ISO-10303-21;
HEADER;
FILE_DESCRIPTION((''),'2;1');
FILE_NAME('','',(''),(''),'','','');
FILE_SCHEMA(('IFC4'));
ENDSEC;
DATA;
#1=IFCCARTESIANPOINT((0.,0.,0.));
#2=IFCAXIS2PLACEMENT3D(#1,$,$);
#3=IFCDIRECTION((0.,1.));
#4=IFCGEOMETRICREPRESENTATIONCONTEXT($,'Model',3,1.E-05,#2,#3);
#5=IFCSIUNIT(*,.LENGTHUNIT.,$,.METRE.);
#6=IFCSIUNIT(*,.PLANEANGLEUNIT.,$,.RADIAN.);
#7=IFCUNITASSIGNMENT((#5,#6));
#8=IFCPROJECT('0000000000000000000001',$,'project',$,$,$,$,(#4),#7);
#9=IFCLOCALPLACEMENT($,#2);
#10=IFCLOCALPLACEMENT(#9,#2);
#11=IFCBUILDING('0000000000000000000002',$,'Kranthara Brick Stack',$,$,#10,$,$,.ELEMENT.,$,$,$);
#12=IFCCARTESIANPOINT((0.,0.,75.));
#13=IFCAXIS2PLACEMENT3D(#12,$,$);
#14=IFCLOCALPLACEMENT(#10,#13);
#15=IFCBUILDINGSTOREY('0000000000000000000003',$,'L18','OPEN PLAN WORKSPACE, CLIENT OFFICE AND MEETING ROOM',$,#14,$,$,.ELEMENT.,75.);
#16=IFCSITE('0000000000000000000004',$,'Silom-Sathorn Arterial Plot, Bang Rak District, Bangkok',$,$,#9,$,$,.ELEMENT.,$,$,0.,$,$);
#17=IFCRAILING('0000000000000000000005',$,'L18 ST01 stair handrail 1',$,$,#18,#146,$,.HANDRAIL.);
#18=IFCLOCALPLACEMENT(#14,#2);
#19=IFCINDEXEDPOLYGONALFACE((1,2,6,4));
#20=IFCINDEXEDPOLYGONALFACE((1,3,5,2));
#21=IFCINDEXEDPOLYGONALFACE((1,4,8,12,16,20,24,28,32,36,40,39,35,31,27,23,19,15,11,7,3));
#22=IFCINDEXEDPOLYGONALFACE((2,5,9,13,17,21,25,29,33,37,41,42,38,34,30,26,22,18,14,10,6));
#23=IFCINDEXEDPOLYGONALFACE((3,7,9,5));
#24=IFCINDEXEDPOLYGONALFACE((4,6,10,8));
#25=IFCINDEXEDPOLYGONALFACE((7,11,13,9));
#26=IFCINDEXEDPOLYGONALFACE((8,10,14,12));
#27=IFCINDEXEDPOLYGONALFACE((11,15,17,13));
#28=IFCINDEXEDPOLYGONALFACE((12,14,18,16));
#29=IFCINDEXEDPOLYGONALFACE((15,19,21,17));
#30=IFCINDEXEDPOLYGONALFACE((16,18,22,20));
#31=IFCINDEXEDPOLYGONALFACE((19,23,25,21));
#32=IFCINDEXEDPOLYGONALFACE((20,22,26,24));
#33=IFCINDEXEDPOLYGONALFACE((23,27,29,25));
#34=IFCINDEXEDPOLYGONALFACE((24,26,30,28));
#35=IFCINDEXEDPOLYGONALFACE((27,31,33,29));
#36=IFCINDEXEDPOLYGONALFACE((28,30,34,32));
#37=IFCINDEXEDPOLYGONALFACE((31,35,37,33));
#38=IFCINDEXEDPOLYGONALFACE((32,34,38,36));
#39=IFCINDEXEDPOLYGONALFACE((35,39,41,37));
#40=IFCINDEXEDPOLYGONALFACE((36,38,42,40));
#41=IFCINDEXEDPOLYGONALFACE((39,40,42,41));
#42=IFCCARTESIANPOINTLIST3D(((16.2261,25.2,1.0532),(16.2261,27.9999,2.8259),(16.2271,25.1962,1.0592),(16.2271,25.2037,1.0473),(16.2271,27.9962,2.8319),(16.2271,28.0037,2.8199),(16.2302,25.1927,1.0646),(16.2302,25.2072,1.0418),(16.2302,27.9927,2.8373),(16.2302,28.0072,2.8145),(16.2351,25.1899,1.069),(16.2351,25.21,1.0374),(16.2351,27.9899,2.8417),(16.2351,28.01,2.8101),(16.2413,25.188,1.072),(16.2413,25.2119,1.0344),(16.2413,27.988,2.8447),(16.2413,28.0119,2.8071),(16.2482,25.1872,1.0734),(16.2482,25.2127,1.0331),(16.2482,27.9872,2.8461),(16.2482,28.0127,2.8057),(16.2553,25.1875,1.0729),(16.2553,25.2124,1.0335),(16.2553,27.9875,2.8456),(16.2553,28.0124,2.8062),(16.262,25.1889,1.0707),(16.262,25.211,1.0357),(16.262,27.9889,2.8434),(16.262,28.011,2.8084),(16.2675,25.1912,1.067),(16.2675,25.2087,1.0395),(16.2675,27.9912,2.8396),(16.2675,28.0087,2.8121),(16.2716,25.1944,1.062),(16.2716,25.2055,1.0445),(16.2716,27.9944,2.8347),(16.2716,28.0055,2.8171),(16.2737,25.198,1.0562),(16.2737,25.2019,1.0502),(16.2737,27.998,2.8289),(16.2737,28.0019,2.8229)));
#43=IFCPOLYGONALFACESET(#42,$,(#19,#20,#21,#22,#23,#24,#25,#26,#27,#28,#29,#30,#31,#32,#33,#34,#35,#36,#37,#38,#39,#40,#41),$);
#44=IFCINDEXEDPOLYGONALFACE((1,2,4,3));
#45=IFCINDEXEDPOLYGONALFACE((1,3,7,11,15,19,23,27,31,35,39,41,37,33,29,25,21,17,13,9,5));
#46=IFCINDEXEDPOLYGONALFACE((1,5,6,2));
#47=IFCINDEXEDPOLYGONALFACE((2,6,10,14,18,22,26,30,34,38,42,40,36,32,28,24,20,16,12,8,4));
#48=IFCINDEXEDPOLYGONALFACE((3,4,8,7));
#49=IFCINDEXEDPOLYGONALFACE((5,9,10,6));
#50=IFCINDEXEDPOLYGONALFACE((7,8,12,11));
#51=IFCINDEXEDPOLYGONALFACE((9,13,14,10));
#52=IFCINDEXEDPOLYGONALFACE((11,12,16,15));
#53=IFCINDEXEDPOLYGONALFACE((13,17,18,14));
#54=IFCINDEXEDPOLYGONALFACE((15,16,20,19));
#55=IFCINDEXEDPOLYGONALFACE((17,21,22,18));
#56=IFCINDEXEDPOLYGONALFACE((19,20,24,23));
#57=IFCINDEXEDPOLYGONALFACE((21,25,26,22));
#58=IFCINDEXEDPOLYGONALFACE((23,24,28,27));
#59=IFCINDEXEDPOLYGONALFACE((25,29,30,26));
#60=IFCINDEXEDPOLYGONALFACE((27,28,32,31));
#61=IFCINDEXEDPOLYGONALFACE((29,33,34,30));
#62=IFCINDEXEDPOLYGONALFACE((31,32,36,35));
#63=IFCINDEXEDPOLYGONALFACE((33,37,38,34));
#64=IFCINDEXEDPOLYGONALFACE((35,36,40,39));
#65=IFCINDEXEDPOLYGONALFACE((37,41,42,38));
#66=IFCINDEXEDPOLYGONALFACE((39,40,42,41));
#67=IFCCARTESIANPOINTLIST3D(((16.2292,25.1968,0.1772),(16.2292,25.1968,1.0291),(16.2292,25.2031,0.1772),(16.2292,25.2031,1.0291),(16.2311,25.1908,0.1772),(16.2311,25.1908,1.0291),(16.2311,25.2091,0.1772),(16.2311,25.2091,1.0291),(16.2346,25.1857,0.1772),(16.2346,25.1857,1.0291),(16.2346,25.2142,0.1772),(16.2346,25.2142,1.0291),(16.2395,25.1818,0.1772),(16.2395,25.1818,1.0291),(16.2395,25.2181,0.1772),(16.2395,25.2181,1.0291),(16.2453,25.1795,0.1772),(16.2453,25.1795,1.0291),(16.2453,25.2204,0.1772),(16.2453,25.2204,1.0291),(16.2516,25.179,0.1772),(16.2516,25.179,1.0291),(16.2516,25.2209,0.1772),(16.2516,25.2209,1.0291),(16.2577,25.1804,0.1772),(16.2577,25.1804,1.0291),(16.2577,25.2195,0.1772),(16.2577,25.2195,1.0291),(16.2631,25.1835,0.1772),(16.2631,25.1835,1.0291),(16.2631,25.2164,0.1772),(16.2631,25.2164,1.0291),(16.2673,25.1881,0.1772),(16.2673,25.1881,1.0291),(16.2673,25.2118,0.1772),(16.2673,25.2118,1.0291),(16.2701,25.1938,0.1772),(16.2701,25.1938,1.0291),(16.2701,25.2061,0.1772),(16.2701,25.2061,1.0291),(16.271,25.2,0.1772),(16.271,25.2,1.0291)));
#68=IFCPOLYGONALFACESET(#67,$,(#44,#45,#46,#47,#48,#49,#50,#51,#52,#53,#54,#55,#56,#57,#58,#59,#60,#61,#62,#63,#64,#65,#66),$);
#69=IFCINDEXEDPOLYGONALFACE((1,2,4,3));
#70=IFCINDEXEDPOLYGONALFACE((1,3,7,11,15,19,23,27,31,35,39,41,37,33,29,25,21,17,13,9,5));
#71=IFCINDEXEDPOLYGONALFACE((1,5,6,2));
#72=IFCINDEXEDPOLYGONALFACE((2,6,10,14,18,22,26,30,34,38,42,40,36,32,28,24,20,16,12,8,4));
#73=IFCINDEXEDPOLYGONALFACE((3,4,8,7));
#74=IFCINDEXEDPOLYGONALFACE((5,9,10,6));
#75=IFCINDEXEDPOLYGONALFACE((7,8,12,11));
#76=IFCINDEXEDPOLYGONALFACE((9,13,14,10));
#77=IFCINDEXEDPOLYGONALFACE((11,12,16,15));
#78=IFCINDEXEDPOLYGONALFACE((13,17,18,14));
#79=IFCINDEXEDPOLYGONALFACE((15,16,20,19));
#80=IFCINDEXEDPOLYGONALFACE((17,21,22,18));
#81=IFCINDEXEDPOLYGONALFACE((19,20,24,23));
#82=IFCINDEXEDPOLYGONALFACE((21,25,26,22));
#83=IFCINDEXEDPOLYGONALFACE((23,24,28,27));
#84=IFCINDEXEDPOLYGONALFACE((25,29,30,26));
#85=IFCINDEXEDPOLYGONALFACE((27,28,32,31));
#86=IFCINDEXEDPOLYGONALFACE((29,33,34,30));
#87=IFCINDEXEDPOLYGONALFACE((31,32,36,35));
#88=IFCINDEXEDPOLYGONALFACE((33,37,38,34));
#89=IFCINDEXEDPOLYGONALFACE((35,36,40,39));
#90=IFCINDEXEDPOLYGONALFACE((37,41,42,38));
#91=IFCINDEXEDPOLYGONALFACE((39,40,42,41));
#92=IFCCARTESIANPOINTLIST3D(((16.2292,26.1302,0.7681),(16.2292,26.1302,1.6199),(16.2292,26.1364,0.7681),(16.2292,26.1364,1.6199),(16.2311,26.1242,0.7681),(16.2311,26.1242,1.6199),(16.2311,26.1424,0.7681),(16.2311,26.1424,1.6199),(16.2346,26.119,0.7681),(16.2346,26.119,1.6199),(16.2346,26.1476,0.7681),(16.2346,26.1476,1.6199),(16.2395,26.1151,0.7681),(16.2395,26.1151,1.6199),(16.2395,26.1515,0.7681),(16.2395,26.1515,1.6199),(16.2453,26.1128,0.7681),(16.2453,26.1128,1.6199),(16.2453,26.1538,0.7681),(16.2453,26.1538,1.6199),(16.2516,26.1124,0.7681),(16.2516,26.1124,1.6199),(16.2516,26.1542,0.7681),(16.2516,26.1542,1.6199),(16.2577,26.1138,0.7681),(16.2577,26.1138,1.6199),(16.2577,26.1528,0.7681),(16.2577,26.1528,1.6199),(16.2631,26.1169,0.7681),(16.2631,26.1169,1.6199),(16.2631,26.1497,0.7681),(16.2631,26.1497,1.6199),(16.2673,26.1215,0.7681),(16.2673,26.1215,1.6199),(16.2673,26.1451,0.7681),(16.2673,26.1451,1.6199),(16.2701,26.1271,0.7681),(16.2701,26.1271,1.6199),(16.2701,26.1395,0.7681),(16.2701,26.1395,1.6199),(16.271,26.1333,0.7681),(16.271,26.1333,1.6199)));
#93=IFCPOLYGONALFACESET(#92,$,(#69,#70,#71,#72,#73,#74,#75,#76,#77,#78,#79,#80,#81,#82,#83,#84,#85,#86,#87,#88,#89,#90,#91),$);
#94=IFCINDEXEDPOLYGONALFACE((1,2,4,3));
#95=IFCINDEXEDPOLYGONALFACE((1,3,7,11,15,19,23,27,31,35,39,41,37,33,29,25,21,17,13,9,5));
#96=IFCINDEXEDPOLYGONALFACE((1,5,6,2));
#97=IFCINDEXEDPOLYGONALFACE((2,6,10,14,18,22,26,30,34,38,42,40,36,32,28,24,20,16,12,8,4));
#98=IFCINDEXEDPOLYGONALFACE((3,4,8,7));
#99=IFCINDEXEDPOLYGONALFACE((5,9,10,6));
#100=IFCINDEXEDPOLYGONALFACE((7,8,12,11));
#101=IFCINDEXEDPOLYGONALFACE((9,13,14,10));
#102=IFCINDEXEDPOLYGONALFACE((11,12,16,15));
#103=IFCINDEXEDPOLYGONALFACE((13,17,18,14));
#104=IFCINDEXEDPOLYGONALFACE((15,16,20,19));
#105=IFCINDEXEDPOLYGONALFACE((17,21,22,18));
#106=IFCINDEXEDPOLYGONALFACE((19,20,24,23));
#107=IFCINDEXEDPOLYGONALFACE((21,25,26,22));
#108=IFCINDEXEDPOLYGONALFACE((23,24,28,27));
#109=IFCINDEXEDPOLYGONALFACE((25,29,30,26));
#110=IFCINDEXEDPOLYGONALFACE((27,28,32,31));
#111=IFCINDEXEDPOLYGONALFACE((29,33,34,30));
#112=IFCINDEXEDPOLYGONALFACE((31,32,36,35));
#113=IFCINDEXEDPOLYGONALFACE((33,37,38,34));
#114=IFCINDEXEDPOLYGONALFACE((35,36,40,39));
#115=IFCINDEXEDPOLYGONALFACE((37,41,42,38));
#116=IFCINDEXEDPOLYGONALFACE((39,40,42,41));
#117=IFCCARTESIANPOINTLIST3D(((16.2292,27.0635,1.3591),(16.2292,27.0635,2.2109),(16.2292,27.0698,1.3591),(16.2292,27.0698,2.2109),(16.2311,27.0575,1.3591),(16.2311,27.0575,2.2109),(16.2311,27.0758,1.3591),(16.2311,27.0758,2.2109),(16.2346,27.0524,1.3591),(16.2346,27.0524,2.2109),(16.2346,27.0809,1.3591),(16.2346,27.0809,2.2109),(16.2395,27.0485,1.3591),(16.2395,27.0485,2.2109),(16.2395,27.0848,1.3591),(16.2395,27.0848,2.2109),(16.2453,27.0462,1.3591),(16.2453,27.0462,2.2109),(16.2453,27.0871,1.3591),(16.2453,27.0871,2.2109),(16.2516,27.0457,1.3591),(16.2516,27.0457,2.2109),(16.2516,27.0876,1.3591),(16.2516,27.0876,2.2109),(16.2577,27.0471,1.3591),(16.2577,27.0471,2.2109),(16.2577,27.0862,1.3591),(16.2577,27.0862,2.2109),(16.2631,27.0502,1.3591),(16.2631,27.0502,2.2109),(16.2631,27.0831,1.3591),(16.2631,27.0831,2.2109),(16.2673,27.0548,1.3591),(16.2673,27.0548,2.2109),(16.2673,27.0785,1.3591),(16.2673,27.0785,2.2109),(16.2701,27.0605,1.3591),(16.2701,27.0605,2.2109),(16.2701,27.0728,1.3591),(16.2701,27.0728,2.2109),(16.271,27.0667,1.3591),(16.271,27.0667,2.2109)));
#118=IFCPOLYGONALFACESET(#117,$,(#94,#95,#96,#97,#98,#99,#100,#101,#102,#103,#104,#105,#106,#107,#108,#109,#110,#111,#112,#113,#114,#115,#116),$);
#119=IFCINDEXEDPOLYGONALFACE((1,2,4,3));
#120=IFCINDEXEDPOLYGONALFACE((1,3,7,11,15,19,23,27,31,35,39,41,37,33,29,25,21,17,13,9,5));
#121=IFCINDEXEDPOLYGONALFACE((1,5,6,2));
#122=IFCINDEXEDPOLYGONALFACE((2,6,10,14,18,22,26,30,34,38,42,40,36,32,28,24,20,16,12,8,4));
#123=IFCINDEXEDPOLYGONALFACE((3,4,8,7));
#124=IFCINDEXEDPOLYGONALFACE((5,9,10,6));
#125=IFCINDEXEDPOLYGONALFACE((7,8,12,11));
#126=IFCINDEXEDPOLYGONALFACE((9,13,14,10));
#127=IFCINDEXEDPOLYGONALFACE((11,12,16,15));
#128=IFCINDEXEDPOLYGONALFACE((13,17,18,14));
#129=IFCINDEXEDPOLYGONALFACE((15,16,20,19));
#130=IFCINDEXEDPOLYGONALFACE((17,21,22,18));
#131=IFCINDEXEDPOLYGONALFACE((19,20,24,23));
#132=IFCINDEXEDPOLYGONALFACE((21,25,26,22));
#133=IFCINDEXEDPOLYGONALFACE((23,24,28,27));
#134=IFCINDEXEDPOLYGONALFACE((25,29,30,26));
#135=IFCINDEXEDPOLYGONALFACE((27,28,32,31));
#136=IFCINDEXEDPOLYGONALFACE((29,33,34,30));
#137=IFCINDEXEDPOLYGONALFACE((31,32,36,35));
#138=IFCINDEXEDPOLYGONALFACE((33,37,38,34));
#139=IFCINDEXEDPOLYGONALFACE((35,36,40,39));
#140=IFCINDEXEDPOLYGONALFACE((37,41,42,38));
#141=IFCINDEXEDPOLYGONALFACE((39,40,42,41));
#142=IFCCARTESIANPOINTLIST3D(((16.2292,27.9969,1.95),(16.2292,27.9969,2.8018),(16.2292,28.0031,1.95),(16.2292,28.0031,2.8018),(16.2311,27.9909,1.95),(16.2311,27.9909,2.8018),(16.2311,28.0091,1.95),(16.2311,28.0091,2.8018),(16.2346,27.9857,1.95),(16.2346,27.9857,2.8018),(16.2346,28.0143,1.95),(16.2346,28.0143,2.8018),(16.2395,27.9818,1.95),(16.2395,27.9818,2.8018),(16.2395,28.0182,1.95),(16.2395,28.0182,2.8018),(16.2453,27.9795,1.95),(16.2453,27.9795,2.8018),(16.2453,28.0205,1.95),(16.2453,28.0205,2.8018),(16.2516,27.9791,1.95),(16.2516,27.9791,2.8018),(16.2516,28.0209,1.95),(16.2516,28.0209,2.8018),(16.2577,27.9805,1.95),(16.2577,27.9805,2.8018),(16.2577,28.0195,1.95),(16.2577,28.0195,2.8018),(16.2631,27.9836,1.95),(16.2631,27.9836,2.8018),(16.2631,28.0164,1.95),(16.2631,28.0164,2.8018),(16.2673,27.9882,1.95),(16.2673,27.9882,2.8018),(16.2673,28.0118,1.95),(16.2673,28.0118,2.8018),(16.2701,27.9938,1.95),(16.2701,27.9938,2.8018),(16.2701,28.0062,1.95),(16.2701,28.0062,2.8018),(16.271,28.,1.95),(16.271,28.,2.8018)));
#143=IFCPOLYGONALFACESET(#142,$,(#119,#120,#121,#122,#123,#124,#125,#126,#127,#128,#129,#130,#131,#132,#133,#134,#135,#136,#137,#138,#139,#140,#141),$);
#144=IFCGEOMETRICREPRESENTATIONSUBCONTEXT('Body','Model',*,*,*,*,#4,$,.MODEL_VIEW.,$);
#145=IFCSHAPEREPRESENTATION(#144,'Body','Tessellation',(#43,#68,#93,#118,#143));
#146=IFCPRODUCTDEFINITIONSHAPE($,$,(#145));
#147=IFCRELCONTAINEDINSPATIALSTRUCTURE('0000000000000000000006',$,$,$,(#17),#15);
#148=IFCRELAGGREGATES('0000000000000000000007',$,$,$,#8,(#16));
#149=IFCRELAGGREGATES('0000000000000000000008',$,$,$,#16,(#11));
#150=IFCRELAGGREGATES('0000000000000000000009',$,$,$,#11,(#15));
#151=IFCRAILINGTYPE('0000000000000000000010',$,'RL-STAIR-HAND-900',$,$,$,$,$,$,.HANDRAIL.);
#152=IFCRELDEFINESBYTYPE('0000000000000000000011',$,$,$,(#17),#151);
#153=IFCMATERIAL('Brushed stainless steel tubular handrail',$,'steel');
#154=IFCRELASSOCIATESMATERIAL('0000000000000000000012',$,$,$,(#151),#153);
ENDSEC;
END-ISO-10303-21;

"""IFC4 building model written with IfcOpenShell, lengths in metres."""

from ifc_helpers import new_model, si_unit, direction, frame, origin, origin_2d, place, context, subcontext, project, spatial, circle, extrude, material, type_object, element, save


model = new_model("IFC4")

# Units and contexts
model_context = context("Model", 3, precision=1e-05, world=origin(), true_north=direction((0.0, 1.0)))
body_context = subcontext(model_context, "Body", "Model", "MODEL_VIEW")
ifc_project = project(units=[si_unit("LENGTHUNIT", "METRE"), si_unit("PLANEANGLEUNIT", "RADIAN")], contexts=[model_context])

# Site, building, storey
site_placement = place(None, origin())
site = spatial("IfcSite", under=ifc_project, at=site_placement, Name="Silom-Sathorn Arterial Plot, Bang Rak District, Bangkok", CompositionType="ELEMENT", RefElevation=0.0)
building_placement = place(site_placement, origin())
building = spatial("IfcBuilding", under=site, at=building_placement, Name="Kranthara Brick Stack", CompositionType="ELEMENT")
storey_placement = place(building_placement, frame((0.0, 0.0, 75.0)))
storey = spatial("IfcBuildingStorey", under=building, at=storey_placement, Name="L18", Description="OPEN PLAN WORKSPACE, CLIENT OFFICE AND MEETING ROOM", CompositionType="ELEMENT", Elevation=75.0)

# Railing
ifc_material_1 = material(Name="Brushed stainless steel tubular handrail", Category="steel")
railing_type_1 = type_object("IfcRailingType", Name="RL-STAIR-HAND-900", PredefinedType="HANDRAIL", material=ifc_material_1)
railing_1_placement = place(storey_placement, frame((16.25, 25.2, 0.1772)))
element("IfcRailing", 1, at=railing_1_placement, inside=storey, type_object=railing_type_1, Name="L18 ST01 stair handrail 1", PredefinedType="HANDRAIL", context=body_context, shape_type="SweptSolid", body=[
    extrude(circle(Radius=0.0239, at=origin_2d()), frame((0.0, 0.0, 0.876), z_axis=(0.0, 0.844909, 0.53491), x_axis=(-1.0, 0.0, 0.0)), (0.0, 0.0, 1.0), 3.314),
    extrude(circle(Radius=0.021, at=origin_2d()), origin(), (0.0, 0.0, 1.0), 0.8518),
    extrude(circle(Radius=0.021, at=origin_2d()), frame((0.0, 0.9333, 0.5908)), (0.0, 0.0, 1.0), 0.8518),
    extrude(circle(Radius=0.021, at=origin_2d()), frame((0.0, 1.8667, 1.1819)), (0.0, 0.0, 1.0), 0.8518),
    extrude(circle(Radius=0.021, at=origin_2d()), frame((0.0, 2.8, 1.7727)), (0.0, 0.0, 1.0), 0.8518),
])

save(model, "model.ifc")
